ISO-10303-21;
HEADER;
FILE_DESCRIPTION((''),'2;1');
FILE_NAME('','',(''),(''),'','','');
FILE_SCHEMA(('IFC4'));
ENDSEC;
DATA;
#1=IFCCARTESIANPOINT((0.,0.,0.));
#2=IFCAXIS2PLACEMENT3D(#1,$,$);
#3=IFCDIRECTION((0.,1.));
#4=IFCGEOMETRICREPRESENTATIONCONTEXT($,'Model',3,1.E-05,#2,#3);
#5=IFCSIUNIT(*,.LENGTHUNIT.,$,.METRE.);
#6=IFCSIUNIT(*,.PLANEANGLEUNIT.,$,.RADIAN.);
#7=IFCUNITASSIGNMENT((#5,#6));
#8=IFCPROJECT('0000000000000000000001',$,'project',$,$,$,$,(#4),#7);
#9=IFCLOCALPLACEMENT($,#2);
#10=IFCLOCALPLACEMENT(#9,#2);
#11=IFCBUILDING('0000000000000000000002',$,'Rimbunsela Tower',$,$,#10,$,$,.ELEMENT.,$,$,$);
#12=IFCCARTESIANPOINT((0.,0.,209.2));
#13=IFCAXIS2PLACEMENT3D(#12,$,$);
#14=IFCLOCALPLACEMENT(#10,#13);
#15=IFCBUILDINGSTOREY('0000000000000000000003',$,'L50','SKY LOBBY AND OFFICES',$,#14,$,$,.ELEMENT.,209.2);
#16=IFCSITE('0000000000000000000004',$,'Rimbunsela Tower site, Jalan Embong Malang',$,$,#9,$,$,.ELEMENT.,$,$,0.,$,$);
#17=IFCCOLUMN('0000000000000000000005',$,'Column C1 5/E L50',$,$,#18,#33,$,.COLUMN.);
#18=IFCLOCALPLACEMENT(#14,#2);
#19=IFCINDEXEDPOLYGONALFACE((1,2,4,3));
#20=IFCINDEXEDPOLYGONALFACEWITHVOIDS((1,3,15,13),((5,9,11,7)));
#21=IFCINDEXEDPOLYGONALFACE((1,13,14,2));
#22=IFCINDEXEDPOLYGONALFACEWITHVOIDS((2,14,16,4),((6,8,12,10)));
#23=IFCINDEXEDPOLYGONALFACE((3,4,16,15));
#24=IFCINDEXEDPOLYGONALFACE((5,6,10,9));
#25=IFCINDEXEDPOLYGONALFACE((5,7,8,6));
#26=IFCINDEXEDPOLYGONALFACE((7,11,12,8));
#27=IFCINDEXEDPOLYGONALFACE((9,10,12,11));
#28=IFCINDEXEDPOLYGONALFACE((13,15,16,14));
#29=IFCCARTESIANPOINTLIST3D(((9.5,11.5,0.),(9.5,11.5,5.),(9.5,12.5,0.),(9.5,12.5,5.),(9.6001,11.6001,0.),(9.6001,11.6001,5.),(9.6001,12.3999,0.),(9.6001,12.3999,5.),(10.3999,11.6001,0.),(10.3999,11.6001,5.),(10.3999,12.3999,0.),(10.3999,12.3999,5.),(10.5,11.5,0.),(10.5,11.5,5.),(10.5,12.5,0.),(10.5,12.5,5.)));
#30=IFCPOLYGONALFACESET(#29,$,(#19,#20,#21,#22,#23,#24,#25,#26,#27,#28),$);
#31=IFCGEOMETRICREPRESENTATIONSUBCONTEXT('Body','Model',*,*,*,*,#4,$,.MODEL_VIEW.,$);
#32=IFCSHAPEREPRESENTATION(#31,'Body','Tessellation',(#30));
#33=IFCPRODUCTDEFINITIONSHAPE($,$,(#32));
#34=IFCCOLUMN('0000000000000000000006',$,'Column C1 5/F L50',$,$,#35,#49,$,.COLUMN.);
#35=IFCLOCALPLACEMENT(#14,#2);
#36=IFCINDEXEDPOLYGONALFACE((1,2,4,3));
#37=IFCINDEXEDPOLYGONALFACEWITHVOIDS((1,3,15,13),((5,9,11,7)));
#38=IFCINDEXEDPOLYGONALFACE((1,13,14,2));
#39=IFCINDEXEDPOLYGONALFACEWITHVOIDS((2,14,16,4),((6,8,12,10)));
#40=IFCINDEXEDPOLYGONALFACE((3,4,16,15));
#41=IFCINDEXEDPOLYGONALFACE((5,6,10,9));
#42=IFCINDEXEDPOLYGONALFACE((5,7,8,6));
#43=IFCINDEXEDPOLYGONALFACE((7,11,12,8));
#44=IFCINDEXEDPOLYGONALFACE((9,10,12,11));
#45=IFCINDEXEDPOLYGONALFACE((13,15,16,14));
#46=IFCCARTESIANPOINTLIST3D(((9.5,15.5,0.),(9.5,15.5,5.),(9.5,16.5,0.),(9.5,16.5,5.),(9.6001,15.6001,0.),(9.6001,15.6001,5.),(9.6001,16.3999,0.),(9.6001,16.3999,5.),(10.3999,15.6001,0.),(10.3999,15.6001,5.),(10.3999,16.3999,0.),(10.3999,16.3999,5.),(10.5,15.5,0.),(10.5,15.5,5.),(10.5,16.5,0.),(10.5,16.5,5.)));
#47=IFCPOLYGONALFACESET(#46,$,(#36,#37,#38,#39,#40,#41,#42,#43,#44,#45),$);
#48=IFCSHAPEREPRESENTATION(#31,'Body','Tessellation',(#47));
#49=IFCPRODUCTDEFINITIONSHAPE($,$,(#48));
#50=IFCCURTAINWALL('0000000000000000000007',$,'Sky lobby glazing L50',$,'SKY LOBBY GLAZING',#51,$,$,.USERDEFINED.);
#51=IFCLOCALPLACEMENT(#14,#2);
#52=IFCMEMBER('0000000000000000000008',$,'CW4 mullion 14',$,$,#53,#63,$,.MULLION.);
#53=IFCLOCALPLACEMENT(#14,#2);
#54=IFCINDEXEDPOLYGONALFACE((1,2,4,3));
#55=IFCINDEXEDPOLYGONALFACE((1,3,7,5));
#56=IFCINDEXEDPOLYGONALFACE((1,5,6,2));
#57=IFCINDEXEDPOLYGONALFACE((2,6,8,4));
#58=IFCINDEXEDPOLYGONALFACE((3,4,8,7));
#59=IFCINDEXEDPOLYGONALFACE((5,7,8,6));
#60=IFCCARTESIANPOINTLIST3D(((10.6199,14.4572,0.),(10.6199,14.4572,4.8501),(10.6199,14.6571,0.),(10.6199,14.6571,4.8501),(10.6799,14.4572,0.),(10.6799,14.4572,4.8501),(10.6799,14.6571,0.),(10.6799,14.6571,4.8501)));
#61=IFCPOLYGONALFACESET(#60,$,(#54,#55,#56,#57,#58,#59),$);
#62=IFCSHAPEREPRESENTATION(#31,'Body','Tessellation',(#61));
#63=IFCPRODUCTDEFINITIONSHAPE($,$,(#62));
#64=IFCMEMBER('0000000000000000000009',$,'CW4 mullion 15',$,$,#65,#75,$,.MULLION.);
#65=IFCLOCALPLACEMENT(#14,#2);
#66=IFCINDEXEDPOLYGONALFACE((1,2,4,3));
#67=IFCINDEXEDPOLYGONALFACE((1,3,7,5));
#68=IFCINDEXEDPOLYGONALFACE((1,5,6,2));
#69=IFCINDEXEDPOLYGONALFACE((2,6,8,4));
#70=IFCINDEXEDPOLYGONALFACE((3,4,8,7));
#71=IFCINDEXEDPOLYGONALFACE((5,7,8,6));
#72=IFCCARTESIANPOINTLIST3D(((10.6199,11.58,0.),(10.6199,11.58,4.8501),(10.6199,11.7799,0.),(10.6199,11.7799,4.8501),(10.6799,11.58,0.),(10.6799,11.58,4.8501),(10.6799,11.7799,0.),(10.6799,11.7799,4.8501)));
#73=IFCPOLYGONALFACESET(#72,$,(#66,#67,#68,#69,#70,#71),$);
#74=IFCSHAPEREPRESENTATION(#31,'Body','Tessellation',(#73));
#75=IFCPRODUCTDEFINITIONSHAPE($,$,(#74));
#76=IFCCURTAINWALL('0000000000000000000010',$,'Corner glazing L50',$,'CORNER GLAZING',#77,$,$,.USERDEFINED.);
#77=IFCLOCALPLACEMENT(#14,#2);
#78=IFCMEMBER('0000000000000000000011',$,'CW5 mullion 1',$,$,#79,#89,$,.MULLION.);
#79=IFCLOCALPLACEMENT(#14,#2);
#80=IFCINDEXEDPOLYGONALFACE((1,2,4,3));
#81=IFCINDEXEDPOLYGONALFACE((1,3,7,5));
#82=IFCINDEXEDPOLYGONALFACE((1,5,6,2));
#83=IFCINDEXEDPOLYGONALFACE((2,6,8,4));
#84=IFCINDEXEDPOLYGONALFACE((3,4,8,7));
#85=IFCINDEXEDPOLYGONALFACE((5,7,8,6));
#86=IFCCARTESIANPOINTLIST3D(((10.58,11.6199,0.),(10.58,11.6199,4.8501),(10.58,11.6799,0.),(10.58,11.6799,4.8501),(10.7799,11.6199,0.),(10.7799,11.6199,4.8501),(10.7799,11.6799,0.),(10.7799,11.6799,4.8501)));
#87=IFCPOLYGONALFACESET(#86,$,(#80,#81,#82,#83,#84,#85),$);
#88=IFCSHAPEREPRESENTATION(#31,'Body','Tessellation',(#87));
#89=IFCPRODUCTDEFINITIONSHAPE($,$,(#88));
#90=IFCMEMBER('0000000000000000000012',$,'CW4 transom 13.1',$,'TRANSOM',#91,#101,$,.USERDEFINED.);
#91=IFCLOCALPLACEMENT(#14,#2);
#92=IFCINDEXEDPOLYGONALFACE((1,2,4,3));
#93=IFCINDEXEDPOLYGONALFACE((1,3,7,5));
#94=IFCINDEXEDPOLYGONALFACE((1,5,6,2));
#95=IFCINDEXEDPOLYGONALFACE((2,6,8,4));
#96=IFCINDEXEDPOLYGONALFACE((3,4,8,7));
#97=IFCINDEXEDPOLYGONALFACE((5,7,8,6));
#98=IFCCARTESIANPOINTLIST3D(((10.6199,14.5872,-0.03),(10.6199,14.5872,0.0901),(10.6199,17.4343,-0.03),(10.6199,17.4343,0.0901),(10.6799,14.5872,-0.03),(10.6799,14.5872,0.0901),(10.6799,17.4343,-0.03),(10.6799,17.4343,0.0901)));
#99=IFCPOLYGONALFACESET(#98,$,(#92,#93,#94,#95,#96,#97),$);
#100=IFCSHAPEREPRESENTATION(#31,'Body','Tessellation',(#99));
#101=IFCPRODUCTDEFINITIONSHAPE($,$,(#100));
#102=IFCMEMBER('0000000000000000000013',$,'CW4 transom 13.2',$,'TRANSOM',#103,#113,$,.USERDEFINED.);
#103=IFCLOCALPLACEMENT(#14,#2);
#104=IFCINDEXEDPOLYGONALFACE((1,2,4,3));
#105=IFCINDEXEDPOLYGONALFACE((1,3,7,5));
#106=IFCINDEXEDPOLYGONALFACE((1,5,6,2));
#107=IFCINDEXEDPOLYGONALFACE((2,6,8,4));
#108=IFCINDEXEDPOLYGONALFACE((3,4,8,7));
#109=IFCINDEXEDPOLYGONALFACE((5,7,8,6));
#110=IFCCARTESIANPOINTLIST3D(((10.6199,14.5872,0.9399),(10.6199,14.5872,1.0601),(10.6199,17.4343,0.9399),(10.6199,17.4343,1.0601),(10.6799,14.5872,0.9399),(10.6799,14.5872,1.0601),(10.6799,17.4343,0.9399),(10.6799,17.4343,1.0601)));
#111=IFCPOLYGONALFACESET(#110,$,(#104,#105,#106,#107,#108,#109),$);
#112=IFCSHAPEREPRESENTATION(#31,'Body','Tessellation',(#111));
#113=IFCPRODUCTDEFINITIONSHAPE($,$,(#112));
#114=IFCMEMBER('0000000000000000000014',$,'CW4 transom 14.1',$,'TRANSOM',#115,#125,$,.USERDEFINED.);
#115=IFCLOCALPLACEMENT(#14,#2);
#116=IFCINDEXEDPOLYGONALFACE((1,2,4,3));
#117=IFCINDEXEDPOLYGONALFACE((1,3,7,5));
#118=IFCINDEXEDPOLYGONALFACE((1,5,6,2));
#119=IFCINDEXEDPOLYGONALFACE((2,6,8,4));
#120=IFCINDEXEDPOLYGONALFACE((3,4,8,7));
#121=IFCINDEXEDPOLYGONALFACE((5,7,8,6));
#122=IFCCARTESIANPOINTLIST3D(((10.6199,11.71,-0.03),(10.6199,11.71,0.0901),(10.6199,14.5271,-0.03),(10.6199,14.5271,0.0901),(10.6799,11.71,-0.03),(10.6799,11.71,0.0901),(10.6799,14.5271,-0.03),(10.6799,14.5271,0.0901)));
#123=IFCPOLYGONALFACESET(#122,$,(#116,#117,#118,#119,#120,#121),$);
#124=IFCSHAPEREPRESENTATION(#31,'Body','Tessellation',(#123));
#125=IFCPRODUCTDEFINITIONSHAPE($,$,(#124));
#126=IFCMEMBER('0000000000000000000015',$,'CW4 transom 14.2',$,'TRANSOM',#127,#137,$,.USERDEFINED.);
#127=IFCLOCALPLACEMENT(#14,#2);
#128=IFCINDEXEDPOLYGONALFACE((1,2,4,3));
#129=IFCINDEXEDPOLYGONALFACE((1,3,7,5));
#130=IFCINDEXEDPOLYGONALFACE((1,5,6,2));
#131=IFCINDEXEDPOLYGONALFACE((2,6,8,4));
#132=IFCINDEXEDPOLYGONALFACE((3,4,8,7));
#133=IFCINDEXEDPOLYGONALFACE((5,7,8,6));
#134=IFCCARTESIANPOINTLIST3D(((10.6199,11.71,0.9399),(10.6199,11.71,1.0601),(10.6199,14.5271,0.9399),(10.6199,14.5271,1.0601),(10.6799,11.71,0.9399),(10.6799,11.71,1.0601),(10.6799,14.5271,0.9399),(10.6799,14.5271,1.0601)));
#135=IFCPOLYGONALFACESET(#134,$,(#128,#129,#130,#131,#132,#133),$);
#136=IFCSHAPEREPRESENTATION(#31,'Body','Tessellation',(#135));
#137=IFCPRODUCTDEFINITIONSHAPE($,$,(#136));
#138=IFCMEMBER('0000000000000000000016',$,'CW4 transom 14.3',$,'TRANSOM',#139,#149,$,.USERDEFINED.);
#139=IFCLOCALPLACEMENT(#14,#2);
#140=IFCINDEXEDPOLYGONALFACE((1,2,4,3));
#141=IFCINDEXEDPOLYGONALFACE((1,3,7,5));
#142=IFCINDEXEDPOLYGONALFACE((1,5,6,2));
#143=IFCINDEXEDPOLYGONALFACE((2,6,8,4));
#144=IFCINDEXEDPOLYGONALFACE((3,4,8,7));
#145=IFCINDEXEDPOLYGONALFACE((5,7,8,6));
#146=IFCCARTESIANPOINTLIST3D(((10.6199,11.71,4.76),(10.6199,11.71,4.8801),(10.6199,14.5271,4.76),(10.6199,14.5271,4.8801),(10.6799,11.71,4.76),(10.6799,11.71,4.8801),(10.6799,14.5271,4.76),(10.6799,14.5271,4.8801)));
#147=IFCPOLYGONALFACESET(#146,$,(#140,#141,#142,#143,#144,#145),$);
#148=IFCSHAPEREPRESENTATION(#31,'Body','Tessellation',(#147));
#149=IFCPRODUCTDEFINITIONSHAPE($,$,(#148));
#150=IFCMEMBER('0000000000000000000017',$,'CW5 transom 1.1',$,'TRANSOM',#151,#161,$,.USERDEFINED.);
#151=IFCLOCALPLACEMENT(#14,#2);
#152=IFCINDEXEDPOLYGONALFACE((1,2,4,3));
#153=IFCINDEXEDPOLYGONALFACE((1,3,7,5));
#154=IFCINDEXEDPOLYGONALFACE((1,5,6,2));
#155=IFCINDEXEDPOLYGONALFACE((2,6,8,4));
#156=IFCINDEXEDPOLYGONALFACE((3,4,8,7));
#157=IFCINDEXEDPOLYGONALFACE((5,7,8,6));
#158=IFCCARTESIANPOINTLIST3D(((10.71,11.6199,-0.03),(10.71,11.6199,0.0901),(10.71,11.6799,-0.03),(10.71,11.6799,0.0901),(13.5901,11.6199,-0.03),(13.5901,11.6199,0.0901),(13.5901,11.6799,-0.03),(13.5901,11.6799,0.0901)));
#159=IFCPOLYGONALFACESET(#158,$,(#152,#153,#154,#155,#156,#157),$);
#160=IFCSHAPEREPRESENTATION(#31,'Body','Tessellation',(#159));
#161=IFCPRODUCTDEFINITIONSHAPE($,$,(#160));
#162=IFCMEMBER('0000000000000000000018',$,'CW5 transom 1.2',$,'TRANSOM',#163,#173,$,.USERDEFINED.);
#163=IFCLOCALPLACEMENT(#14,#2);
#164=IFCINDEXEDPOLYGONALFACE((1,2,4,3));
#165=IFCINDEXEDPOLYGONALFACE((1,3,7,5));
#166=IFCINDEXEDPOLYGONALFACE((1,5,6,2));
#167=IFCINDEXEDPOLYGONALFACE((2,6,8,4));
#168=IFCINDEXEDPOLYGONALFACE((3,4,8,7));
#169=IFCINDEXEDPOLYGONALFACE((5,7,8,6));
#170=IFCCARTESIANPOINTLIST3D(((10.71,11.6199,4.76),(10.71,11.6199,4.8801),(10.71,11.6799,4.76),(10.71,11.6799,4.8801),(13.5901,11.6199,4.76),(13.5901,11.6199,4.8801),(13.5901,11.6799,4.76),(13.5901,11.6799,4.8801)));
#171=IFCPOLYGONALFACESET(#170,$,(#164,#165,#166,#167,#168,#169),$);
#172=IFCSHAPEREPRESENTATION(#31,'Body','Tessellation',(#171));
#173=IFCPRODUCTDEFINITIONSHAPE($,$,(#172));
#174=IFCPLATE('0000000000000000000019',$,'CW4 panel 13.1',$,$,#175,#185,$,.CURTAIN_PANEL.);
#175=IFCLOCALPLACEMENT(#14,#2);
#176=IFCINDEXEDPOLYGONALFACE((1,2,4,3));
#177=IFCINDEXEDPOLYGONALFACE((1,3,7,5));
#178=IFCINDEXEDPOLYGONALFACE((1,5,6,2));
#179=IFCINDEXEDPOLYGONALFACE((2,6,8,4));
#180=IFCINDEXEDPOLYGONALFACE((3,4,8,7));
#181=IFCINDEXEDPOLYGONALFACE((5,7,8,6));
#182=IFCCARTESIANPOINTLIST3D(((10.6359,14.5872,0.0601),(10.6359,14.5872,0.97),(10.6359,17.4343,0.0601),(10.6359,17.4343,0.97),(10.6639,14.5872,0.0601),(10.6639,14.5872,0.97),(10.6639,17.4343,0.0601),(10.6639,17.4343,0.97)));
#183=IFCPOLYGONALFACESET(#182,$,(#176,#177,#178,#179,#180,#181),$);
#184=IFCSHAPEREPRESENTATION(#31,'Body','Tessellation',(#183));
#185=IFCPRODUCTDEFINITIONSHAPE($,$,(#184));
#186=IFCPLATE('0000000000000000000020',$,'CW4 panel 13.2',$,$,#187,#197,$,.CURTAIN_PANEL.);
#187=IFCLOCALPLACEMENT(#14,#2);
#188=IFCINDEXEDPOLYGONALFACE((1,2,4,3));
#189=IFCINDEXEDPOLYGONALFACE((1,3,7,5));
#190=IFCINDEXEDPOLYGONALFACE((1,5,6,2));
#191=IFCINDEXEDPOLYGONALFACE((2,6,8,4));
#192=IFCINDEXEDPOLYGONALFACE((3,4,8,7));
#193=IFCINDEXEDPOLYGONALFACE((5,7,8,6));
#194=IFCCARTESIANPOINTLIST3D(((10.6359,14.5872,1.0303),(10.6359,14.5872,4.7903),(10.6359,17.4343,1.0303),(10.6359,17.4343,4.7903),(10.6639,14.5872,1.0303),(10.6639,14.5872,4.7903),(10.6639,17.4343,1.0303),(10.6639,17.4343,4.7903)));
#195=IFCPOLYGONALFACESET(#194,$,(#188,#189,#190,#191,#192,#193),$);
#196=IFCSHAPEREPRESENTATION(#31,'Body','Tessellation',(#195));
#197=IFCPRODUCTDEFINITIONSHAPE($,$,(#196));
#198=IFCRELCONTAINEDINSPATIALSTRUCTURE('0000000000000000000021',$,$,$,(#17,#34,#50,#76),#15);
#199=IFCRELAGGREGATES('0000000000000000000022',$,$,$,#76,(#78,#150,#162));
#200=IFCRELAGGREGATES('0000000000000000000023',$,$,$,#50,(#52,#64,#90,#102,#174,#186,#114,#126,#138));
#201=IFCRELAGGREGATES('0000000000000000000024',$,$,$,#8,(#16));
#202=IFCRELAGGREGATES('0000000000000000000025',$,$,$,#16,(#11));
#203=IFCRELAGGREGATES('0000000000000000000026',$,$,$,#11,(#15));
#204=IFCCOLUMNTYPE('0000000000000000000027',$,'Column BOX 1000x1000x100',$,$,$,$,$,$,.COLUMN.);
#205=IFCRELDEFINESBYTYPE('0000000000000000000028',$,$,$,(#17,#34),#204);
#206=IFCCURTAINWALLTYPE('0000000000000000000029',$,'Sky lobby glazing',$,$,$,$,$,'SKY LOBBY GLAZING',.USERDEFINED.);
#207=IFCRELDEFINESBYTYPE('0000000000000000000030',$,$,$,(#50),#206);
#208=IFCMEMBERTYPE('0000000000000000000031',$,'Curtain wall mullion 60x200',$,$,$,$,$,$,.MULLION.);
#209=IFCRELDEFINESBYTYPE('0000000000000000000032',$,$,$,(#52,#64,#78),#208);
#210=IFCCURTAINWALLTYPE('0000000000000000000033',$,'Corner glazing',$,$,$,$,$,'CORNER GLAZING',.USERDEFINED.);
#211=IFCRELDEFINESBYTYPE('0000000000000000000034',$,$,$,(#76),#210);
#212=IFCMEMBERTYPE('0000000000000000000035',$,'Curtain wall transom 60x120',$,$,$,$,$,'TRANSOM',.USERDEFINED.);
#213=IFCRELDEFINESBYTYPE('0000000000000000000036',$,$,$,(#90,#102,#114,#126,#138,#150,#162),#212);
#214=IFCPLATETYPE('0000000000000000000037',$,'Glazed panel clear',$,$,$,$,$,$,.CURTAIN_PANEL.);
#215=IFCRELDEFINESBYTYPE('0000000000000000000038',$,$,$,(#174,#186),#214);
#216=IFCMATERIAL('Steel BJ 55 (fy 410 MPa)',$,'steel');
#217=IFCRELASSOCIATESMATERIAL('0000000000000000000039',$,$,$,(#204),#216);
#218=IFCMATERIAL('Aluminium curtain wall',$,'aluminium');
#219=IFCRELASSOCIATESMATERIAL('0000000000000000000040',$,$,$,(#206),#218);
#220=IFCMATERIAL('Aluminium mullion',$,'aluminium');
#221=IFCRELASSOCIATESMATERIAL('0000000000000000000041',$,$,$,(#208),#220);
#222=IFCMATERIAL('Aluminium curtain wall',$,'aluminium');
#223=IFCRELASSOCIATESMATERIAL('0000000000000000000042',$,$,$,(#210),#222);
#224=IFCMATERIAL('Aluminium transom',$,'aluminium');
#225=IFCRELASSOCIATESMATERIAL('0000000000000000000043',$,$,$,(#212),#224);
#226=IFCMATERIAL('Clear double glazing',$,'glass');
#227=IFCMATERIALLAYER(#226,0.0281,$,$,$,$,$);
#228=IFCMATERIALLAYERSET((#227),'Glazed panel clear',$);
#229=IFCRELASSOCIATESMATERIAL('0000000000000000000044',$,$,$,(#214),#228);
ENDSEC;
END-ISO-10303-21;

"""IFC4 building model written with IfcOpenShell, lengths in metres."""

from ifc_helpers import new_model, si_unit, direction, frame, origin, origin_2d, place, context, subcontext, project, spatial, rectangle, hollow_rectangle, extrude, material, layer, layer_set, material_profile, profile_set, type_object, element, aggregate, save


model = new_model("IFC4")

# Units and contexts
model_context = context("Model", 3, precision=1e-05, world=origin(), true_north=direction((0.0, 1.0)))
body_context = subcontext(model_context, "Body", "Model", "MODEL_VIEW")
ifc_project = project(units=[si_unit("LENGTHUNIT", "METRE"), si_unit("PLANEANGLEUNIT", "RADIAN")], contexts=[model_context])

# Site, building, storey
site_placement = place(None, origin())
site = spatial("IfcSite", under=ifc_project, at=site_placement, Name="Rimbunsela Tower site, Jalan Embong Malang", CompositionType="ELEMENT", RefElevation=0.0)
building_placement = place(site_placement, origin())
building = spatial("IfcBuilding", under=site, at=building_placement, Name="Rimbunsela Tower", CompositionType="ELEMENT")
storey_placement = place(building_placement, frame((0.0, 0.0, 209.2)))
storey = spatial("IfcBuildingStorey", under=building, at=storey_placement, Name="L50", Description="SKY LOBBY AND OFFICES", CompositionType="ELEMENT", Elevation=209.2)

# Columns
ifc_material_1 = material(Name="Steel BJ 55 (fy 410 MPa)", Category="steel")
ifc_material_profile_1 = material_profile(ifc_material_1, hollow_rectangle(XDim=1.0, YDim=1.0, WallThickness=0.1001, at=origin_2d()), Name="BOX 1000x1000x100")
ifc_profile_set_1 = profile_set([ifc_material_profile_1], Name="Steel BJ 55 (fy 410 MPa)")
column_type = type_object("IfcColumnType", Name="Column BOX 1000x1000x100", PredefinedType="COLUMN", material=ifc_profile_set_1)
for number, where, z_axis, x_axis, name in (
    (1, (10.0, 12.0, 0.0), (0.0, 0.0, 1.0), (1.0, 0.0, 0.0), "Column C1 5/E L50"),
    (2, (10.0, 16.0, 0.0), (0.0, 0.0, 1.0), (1.0, 0.0, 0.0), "Column C1 5/F L50"),
):
    element("IfcColumn", number, at=place(storey_placement, frame(where, z_axis=z_axis, x_axis=x_axis)), inside=storey, type_object=column_type, Name=name, PredefinedType="COLUMN", context=body_context, shape_type="SweptSolid", body=[
        extrude(hollow_rectangle(XDim=1.0, YDim=1.0, WallThickness=0.1001, at=origin_2d()), origin(), (0.0, 0.0, 1.0), 5.0),
    ])

# Curtain wall, members
ifc_material_2 = material(Name="Aluminium curtain wall", Category="aluminium")
curtain_wall_type_1 = type_object("IfcCurtainWallType", Name="Sky lobby glazing", ElementType="SKY LOBBY GLAZING", PredefinedType="USERDEFINED", material=ifc_material_2)
curtain_wall_1_placement = place(storey_placement, origin())
curtain_wall_1 = element("IfcCurtainWall", 3, at=curtain_wall_1_placement, inside=storey, type_object=curtain_wall_type_1, Name="Sky lobby glazing L50", ObjectType="SKY LOBBY GLAZING", PredefinedType="USERDEFINED")
ifc_material_3 = material(Name="Aluminium mullion", Category="aluminium")
ifc_material_profile_2 = material_profile(ifc_material_3, rectangle(XDim=0.0601, YDim=0.2, at=origin_2d()), Name="Mullion 60x200")
ifc_profile_set_2 = profile_set([ifc_material_profile_2], Name="Aluminium mullion")
member_type_1 = type_object("IfcMemberType", Name="Curtain wall mullion 60x200", PredefinedType="MULLION", material=ifc_profile_set_2)
member_1_placement = place(storey_placement, frame((10.6499, 14.5571, 0.0), z_axis=(0.0, 0.0, 1.0), x_axis=(1.0, 0.0, 0.0)))
member_1 = element("IfcMember", 4, at=member_1_placement, type_object=member_type_1, Name="CW4 mullion 14", PredefinedType="MULLION", context=body_context, shape_type="SweptSolid", body=[
    extrude(rectangle(XDim=0.0601, YDim=0.2, at=origin_2d()), origin(), (0.0, 0.0, 1.0), 4.8501),
])
member_2_placement = place(storey_placement, frame((10.6499, 11.6799, 0.0), z_axis=(0.0, 0.0, 1.0), x_axis=(1.0, 0.0, 0.0)))
member_2 = element("IfcMember", 5, at=member_2_placement, type_object=member_type_1, Name="CW4 mullion 15", PredefinedType="MULLION", context=body_context, shape_type="SweptSolid", body=[
    extrude(rectangle(XDim=0.0601, YDim=0.2, at=origin_2d()), origin(), (0.0, 0.0, 1.0), 4.8501),
])

# Curtain wall, member
ifc_material_4 = material(Name="Aluminium curtain wall", Category="aluminium")
curtain_wall_type_2 = type_object("IfcCurtainWallType", Name="Corner glazing", ElementType="CORNER GLAZING", PredefinedType="USERDEFINED", material=ifc_material_4)
curtain_wall_2_placement = place(storey_placement, origin())
curtain_wall_2 = element("IfcCurtainWall", 6, at=curtain_wall_2_placement, inside=storey, type_object=curtain_wall_type_2, Name="Corner glazing L50", ObjectType="CORNER GLAZING", PredefinedType="USERDEFINED")
member_3_placement = place(storey_placement, frame((10.6799, 11.6499, 0.0), z_axis=(0.0, 0.0, 1.0), x_axis=(0.0, 1.0, 0.0)))
member_3 = element("IfcMember", 7, at=member_3_placement, type_object=member_type_1, Name="CW5 mullion 1", PredefinedType="MULLION", context=body_context, shape_type="SweptSolid", body=[
    extrude(rectangle(XDim=0.0601, YDim=0.2, at=origin_2d()), origin(), (0.0, 0.0, 1.0), 4.8501),
])

# Members
ifc_material_5 = material(Name="Aluminium transom", Category="aluminium")
ifc_material_profile_3 = material_profile(ifc_material_5, rectangle(XDim=0.0601, YDim=0.1201, at=origin_2d()), Name="Transom 60x120")
ifc_profile_set_3 = profile_set([ifc_material_profile_3], Name="Aluminium transom")
member_type_2 = type_object("IfcMemberType", Name="Curtain wall transom 60x120", ElementType="TRANSOM", PredefinedType="USERDEFINED", material=ifc_profile_set_3)
member_4_placement = place(storey_placement, frame((10.6499, 17.4343, 0.03), z_axis=(0.0, -1.0, 0.0), x_axis=(1.0, 0.0, 0.0)))
member_4 = element("IfcMember", 8, at=member_4_placement, type_object=member_type_2, Name="CW4 transom 13.1", ObjectType="TRANSOM", PredefinedType="USERDEFINED", context=body_context, shape_type="SweptSolid", body=[
    extrude(rectangle(XDim=0.0601, YDim=0.1201, at=origin_2d()), origin(), (0.0, 0.0, 1.0), 2.8472),
])
member_5_placement = place(storey_placement, frame((10.6499, 17.4343, 1.0), z_axis=(0.0, -1.0, 0.0), x_axis=(1.0, 0.0, 0.0)))
member_5 = element("IfcMember", 9, at=member_5_placement, type_object=member_type_2, Name="CW4 transom 13.2", ObjectType="TRANSOM", PredefinedType="USERDEFINED", context=body_context, shape_type="SweptSolid", body=[
    extrude(rectangle(XDim=0.0601, YDim=0.1201, at=origin_2d()), origin(), (0.0, 0.0, 1.0), 2.8472),
])
member_6_placement = place(storey_placement, frame((10.6499, 14.5271, 0.03), z_axis=(0.0, -1.0, 0.0), x_axis=(1.0, 0.0, 0.0)))
member_6 = element("IfcMember", 10, at=member_6_placement, type_object=member_type_2, Name="CW4 transom 14.1", ObjectType="TRANSOM", PredefinedType="USERDEFINED", context=body_context, shape_type="SweptSolid", body=[
    extrude(rectangle(XDim=0.0601, YDim=0.1201, at=origin_2d()), origin(), (0.0, 0.0, 1.0), 2.8171),
])
member_7_placement = place(storey_placement, frame((10.6499, 14.5271, 1.0), z_axis=(0.0, -1.0, 0.0), x_axis=(1.0, 0.0, 0.0)))
member_7 = element("IfcMember", 11, at=member_7_placement, type_object=member_type_2, Name="CW4 transom 14.2", ObjectType="TRANSOM", PredefinedType="USERDEFINED", context=body_context, shape_type="SweptSolid", body=[
    extrude(rectangle(XDim=0.0601, YDim=0.1201, at=origin_2d()), origin(), (0.0, 0.0, 1.0), 2.8171),
])
member_8_placement = place(storey_placement, frame((10.6499, 14.5271, 4.8201), z_axis=(0.0, -1.0, 0.0), x_axis=(1.0, 0.0, 0.0)))
member_8 = element("IfcMember", 12, at=member_8_placement, type_object=member_type_2, Name="CW4 transom 14.3", ObjectType="TRANSOM", PredefinedType="USERDEFINED", context=body_context, shape_type="SweptSolid", body=[
    extrude(rectangle(XDim=0.0601, YDim=0.1201, at=origin_2d()), origin(), (0.0, 0.0, 1.0), 2.8171),
])
member_9_placement = place(storey_placement, frame((10.71, 11.6499, 0.03), z_axis=(1.0, 0.0, 0.0), x_axis=(0.0, 1.0, 0.0)))
member_9 = element("IfcMember", 13, at=member_9_placement, type_object=member_type_2, Name="CW5 transom 1.1", ObjectType="TRANSOM", PredefinedType="USERDEFINED", context=body_context, shape_type="SweptSolid", body=[
    extrude(rectangle(XDim=0.0601, YDim=0.1201, at=origin_2d()), origin(), (0.0, 0.0, 1.0), 2.8801),
])
member_10_placement = place(storey_placement, frame((10.71, 11.6499, 4.8201), z_axis=(1.0, 0.0, 0.0), x_axis=(0.0, 1.0, 0.0)))
member_10 = element("IfcMember", 14, at=member_10_placement, type_object=member_type_2, Name="CW5 transom 1.2", ObjectType="TRANSOM", PredefinedType="USERDEFINED", context=body_context, shape_type="SweptSolid", body=[
    extrude(rectangle(XDim=0.0601, YDim=0.1201, at=origin_2d()), origin(), (0.0, 0.0, 1.0), 2.8801),
])
aggregate(curtain_wall_2, [member_3, member_9, member_10])

# Plates
ifc_material_6 = material(Name="Clear double glazing", Category="glass")
ifc_layer = layer(ifc_material_6, 0.0281)
ifc_layer_set = layer_set([ifc_layer], Name="Glazed panel clear")
plate_type = type_object("IfcPlateType", Name="Glazed panel clear", PredefinedType="CURTAIN_PANEL", material=ifc_layer_set)
plate_1_placement = place(storey_placement, frame((10.6499, 16.0107, 0.0601), z_axis=(0.0, 0.0, 1.0), x_axis=(0.0, -1.0, 0.0)))
plate_1 = element("IfcPlate", 15, at=plate_1_placement, type_object=plate_type, Name="CW4 panel 13.1", PredefinedType="CURTAIN_PANEL", context=body_context, shape_type="SweptSolid", body=[
    extrude(rectangle(XDim=2.8472, YDim=0.0281, at=origin_2d()), origin(), (0.0, 0.0, 1.0), 0.9099),
])
plate_2_placement = place(storey_placement, frame((10.6499, 16.0107, 1.0303), z_axis=(0.0, 0.0, 1.0), x_axis=(0.0, -1.0, 0.0)))
plate_2 = element("IfcPlate", 16, at=plate_2_placement, type_object=plate_type, Name="CW4 panel 13.2", PredefinedType="CURTAIN_PANEL", context=body_context, shape_type="SweptSolid", body=[
    extrude(rectangle(XDim=2.8472, YDim=0.0281, at=origin_2d()), origin(), (0.0, 0.0, 1.0), 3.76),
])
aggregate(curtain_wall_1, [member_1, member_2, member_4, member_5, plate_1, plate_2, member_6, member_7, member_8])

save(model, "model.ifc")
